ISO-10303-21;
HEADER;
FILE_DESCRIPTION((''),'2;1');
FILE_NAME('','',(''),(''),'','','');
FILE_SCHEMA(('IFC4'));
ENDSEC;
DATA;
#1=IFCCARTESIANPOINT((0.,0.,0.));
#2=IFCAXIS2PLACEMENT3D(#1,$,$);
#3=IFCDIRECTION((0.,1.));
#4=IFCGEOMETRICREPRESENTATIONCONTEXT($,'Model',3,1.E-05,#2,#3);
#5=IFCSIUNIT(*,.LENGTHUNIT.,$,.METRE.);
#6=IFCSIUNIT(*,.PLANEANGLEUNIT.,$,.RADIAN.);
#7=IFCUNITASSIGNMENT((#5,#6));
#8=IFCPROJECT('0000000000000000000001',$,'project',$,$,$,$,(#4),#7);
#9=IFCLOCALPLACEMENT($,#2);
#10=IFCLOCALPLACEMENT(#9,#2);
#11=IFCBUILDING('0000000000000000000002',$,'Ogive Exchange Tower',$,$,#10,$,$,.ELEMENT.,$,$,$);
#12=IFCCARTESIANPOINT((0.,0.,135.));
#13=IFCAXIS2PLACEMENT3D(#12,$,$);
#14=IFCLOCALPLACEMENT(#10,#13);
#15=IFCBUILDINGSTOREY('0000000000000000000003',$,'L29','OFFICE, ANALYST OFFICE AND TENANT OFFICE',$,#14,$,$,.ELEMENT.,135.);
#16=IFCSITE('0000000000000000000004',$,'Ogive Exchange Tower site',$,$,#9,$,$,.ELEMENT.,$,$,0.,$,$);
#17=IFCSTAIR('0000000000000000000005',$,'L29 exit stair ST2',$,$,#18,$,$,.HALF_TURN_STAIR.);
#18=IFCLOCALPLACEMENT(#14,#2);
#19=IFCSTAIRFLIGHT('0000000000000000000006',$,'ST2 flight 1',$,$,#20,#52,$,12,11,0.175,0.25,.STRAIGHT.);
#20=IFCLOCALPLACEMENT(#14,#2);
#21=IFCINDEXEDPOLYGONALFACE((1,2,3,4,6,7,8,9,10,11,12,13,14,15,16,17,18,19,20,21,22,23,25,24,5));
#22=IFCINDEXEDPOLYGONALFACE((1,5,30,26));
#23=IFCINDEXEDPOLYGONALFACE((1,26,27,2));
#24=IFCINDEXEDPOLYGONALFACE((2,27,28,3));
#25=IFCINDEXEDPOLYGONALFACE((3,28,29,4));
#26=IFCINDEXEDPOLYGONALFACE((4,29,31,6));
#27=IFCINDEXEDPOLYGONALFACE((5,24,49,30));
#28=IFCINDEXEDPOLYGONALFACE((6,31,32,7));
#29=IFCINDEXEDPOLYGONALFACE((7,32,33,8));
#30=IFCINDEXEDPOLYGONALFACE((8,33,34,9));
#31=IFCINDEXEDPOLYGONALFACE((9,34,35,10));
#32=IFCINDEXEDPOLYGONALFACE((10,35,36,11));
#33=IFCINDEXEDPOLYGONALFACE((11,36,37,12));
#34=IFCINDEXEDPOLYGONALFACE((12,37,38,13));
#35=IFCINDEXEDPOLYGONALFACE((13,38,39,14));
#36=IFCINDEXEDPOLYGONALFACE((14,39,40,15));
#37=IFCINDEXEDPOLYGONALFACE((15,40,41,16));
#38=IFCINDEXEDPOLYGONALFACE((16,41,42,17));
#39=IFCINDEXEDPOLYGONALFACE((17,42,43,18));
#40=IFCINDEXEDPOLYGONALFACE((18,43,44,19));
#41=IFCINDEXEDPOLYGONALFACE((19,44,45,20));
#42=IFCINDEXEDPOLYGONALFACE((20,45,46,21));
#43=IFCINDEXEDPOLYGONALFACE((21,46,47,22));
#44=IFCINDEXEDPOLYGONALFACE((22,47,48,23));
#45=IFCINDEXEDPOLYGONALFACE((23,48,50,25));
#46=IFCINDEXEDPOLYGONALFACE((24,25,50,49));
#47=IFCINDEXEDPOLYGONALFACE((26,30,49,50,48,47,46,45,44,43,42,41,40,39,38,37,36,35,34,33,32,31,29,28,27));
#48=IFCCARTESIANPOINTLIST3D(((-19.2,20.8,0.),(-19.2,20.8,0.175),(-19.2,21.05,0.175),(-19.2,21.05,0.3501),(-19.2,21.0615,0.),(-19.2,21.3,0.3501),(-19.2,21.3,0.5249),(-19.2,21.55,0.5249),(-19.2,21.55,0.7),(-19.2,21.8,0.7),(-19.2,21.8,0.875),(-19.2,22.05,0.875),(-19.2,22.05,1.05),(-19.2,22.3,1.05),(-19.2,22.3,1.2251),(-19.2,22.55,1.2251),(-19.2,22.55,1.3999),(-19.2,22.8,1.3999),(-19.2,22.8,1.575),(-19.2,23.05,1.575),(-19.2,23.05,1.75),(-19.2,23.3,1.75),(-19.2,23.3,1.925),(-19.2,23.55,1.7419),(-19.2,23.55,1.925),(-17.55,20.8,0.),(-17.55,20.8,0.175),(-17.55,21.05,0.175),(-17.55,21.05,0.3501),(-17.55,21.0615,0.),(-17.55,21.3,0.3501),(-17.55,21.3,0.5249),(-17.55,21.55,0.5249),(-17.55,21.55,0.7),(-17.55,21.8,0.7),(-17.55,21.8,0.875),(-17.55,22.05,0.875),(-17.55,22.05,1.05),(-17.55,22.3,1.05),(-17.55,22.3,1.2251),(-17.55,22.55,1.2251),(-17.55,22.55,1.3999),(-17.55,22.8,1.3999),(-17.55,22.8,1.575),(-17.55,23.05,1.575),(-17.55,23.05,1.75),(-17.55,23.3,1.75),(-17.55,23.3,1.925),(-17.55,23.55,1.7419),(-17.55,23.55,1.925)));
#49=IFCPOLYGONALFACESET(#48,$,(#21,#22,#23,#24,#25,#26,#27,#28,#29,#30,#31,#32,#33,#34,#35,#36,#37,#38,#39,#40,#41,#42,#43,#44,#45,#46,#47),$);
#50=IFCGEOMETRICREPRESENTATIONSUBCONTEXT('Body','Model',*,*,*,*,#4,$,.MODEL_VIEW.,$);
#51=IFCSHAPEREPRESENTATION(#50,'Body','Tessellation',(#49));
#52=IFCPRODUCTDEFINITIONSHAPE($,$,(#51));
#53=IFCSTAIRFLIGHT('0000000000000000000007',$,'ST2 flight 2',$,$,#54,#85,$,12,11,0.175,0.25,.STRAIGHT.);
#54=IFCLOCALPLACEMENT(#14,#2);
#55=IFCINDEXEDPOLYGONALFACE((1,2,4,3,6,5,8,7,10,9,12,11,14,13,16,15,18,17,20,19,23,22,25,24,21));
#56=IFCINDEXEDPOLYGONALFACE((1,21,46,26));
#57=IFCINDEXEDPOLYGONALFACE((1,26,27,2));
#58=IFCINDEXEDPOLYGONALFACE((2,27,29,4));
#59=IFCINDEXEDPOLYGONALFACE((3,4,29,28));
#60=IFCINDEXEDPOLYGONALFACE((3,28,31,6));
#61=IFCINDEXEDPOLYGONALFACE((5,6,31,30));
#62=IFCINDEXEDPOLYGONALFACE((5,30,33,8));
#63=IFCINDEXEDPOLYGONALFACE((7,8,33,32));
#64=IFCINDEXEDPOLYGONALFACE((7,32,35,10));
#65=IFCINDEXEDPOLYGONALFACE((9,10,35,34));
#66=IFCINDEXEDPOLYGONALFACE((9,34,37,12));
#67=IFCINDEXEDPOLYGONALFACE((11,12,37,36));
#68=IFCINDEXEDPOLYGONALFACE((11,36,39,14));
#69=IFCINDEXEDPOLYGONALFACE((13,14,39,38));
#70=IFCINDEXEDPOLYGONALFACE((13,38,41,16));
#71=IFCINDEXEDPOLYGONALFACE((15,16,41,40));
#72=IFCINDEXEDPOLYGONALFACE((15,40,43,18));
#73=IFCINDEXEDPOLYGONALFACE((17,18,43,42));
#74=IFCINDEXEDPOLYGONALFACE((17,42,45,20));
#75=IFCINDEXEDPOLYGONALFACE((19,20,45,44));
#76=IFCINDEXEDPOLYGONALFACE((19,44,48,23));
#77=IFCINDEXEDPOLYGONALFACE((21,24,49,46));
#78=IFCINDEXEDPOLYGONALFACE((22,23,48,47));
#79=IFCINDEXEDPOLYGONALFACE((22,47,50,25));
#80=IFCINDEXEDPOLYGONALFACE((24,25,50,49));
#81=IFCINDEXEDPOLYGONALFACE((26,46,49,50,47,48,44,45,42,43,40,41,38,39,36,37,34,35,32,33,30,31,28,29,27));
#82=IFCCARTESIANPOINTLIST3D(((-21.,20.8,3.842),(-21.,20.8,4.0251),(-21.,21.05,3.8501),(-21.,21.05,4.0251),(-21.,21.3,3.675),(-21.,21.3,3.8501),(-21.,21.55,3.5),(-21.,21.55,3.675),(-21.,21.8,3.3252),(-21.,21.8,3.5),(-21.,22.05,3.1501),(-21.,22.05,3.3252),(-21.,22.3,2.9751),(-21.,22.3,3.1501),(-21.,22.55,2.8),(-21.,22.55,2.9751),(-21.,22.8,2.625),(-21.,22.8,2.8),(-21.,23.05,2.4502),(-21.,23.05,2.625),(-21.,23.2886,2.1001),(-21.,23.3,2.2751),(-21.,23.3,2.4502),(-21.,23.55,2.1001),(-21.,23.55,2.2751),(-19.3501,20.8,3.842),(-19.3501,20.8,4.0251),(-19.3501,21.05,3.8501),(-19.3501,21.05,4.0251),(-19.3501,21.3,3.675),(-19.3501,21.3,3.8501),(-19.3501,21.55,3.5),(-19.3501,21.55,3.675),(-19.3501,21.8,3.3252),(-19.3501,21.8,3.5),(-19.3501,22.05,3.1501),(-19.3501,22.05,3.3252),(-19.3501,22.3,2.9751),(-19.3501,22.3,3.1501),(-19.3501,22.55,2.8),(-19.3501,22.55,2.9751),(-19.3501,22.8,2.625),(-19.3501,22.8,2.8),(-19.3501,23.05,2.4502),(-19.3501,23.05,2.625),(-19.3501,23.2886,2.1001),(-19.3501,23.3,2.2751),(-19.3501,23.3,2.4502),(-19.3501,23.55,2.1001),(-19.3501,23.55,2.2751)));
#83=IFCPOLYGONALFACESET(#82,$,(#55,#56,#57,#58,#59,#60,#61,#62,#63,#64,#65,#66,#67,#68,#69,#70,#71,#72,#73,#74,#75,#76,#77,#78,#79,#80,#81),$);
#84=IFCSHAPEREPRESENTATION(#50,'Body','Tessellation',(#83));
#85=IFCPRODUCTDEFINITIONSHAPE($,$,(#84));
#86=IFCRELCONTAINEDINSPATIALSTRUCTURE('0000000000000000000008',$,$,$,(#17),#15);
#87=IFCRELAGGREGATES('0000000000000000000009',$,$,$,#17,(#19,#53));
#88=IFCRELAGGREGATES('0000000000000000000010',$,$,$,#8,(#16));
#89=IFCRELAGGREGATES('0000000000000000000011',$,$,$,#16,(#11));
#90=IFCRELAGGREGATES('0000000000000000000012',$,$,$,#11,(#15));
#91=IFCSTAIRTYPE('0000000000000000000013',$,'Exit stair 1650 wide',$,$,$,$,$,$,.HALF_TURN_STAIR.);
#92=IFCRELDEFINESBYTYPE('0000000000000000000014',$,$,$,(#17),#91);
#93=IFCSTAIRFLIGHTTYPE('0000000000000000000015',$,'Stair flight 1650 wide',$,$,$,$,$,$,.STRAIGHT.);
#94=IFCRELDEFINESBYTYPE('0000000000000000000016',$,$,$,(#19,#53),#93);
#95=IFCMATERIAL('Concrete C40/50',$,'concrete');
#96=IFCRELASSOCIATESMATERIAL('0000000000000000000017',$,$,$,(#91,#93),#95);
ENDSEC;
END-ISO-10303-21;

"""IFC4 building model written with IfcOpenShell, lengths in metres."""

from ifc_helpers import new_model, si_unit, direction, frame, origin, place, context, subcontext, project, spatial, polyline, outline, extrude, material, type_object, element, aggregate, save


model = new_model("IFC4")

# Units and contexts
model_context = context("Model", 3, precision=1e-05, world=origin(), true_north=direction((0.0, 1.0)))
body_context = subcontext(model_context, "Body", "Model", "MODEL_VIEW")
ifc_project = project(units=[si_unit("LENGTHUNIT", "METRE"), si_unit("PLANEANGLEUNIT", "RADIAN")], contexts=[model_context])

# Site, building, storey
site_placement = place(None, origin())
site = spatial("IfcSite", under=ifc_project, at=site_placement, Name="Ogive Exchange Tower site", CompositionType="ELEMENT", RefElevation=0.0)
building_placement = place(site_placement, origin())
building = spatial("IfcBuilding", under=site, at=building_placement, Name="Ogive Exchange Tower", CompositionType="ELEMENT")
storey_placement = place(building_placement, frame((0.0, 0.0, 135.0)))
storey = spatial("IfcBuildingStorey", under=building, at=storey_placement, Name="L29", Description="OFFICE, ANALYST OFFICE AND TENANT OFFICE", CompositionType="ELEMENT", Elevation=135.0)

# Stair, stair flights
ifc_material_1 = material(Name="Concrete C40/50", Category="concrete")
stair_type = type_object("IfcStairType", Name="Exit stair 1650 wide", PredefinedType="HALF_TURN_STAIR", material=ifc_material_1)
stair_placement = place(storey_placement, origin())
stair = element("IfcStair", 1, at=stair_placement, inside=storey, type_object=stair_type, Name="L29 exit stair ST2", PredefinedType="HALF_TURN_STAIR")
stair_flight_type = type_object("IfcStairFlightType", Name="Stair flight 1650 wide", PredefinedType="STRAIGHT", material=ifc_material_1)
stair_flight_1_placement = place(storey_placement, frame((-18.375, 20.8, 0.0), z_axis=(0.0, 0.0, 1.0), x_axis=(0.0, 1.0, 0.0)))
stair_flight_1 = element("IfcStairFlight", 2, at=stair_flight_1_placement, type_object=stair_flight_type, Name="ST2 flight 1", NumberOfRisers=12, NumberOfTreads=11, PredefinedType="STRAIGHT", RiserHeight=0.175, TreadLength=0.25, context=body_context, shape_type="SweptSolid", body=[
    extrude(outline(polyline([(0.0, 0.0), (0.0, 0.175), (0.25, 0.175), (0.25, 0.3501), (0.5, 0.3501), (0.5, 0.5249), (0.75, 0.5249), (0.75, 0.7), (1.0, 0.7), (1.0, 0.875), (1.25, 0.875), (1.25, 1.05), (1.5, 1.05), (1.5, 1.2251), (1.75, 1.2251), (1.75, 1.3999), (2.0, 1.3999), (2.0, 1.575), (2.25, 1.575), (2.25, 1.75), (2.5, 1.75), (2.5, 1.925), (2.75, 1.925), (2.75, 2.1001), (2.75, 1.7419), (0.2615, 0.0), (0.0, 0.0)])), frame((0.0, 0.825, 0.0), z_axis=(0.0, -1.0, 0.0), x_axis=(1.0, 0.0, 0.0)), (0.0, 0.0, 1.0), 1.6499),
])
stair_flight_2_placement = place(storey_placement, frame((-20.175, 23.55, 2.1001), z_axis=(0.0, 0.0, 1.0), x_axis=(0.0, -1.0, 0.0)))
stair_flight_2 = element("IfcStairFlight", 3, at=stair_flight_2_placement, type_object=stair_flight_type, Name="ST2 flight 2", NumberOfRisers=12, NumberOfTreads=11, PredefinedType="STRAIGHT", RiserHeight=0.175, TreadLength=0.25, context=body_context, shape_type="SweptSolid", body=[
    extrude(outline(polyline([(0.0, 0.0), (0.0, 0.175), (0.25, 0.175), (0.25, 0.3501), (0.5, 0.3501), (0.5, 0.5249), (0.75, 0.5249), (0.75, 0.7), (1.0, 0.7), (1.0, 0.875), (1.25, 0.875), (1.25, 1.05), (1.5, 1.05), (1.5, 1.2251), (1.75, 1.2251), (1.75, 1.3999), (2.0, 1.3999), (2.0, 1.575), (2.25, 1.575), (2.25, 1.75), (2.5, 1.75), (2.5, 1.925), (2.75, 1.925), (2.75, 2.1001), (2.75, 1.7419), (0.2615, 0.0), (0.0, 0.0)])), frame((0.0, 0.825, 0.0), z_axis=(0.0, -1.0, 0.0), x_axis=(1.0, 0.0, 0.0)), (0.0, 0.0, 1.0), 1.6499),
])
aggregate(stair, [stair_flight_1, stair_flight_2])

save(model, "model.ifc")
